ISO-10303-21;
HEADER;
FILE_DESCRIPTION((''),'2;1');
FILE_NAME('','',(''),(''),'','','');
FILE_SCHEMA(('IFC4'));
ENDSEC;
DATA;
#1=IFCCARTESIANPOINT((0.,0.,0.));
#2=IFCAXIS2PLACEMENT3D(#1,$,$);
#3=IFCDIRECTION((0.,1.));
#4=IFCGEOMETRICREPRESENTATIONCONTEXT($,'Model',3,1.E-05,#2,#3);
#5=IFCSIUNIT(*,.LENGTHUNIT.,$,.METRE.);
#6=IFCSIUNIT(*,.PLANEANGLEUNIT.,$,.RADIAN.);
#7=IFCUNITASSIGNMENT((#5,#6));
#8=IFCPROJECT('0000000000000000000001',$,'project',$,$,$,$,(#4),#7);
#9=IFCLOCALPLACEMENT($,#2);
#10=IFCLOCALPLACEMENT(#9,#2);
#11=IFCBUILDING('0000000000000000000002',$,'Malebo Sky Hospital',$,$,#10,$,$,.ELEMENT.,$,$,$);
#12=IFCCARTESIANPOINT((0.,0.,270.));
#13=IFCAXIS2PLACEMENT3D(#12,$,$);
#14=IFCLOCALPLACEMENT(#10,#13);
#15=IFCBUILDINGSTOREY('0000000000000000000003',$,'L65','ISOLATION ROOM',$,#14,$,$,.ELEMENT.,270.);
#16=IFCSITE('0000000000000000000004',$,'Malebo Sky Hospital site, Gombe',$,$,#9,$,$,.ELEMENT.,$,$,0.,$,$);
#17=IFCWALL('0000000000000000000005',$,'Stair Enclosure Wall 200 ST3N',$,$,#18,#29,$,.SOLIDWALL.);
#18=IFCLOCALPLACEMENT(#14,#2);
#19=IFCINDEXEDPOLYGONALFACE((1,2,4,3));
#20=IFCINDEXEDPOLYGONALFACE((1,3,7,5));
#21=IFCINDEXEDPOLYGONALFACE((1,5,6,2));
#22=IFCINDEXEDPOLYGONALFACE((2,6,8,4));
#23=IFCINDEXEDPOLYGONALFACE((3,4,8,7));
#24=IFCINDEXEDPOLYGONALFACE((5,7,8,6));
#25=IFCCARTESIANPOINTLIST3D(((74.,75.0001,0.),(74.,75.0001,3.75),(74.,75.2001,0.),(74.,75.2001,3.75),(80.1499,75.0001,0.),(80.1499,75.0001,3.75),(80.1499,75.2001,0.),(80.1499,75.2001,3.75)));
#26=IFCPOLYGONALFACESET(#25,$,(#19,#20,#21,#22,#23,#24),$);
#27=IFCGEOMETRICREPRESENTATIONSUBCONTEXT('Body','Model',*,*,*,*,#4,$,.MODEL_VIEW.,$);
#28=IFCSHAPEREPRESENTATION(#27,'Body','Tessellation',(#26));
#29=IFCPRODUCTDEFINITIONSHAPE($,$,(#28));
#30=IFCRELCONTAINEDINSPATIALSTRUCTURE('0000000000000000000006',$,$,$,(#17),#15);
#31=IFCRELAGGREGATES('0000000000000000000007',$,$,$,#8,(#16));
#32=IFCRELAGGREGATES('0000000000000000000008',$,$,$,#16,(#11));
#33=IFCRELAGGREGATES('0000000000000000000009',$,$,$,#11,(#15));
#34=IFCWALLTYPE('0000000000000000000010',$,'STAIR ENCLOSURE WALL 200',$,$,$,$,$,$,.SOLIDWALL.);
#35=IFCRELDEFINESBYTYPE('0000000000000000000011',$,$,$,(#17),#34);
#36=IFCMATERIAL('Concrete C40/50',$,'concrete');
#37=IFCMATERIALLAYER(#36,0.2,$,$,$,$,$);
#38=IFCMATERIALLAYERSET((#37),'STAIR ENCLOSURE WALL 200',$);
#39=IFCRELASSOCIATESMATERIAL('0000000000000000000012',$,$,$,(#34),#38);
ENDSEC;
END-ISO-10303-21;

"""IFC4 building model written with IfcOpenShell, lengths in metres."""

from ifc_helpers import new_model, si_unit, direction, frame, frame_2d, origin, place, context, subcontext, project, spatial, rectangle, extrude, material, layer, layer_set, type_object, element, save


model = new_model("IFC4")

# Units and contexts
model_context = context("Model", 3, precision=1e-05, world=origin(), true_north=direction((0.0, 1.0)))
body_context = subcontext(model_context, "Body", "Model", "MODEL_VIEW")
ifc_project = project(units=[si_unit("LENGTHUNIT", "METRE"), si_unit("PLANEANGLEUNIT", "RADIAN")], contexts=[model_context])

# Site, building, storey
site_placement = place(None, origin())
site = spatial("IfcSite", under=ifc_project, at=site_placement, Name="Malebo Sky Hospital site, Gombe", CompositionType="ELEMENT", RefElevation=0.0)
building_placement = place(site_placement, origin())
building = spatial("IfcBuilding", under=site, at=building_placement, Name="Malebo Sky Hospital", CompositionType="ELEMENT")
storey_placement = place(building_placement, frame((0.0, 0.0, 270.0)))
storey = spatial("IfcBuildingStorey", under=building, at=storey_placement, Name="L65", Description="ISOLATION ROOM", CompositionType="ELEMENT", Elevation=270.0)

# Wall
ifc_material_1 = material(Name="Concrete C40/50", Category="concrete")
ifc_layer_1 = layer(ifc_material_1, 0.2)
ifc_layer_set_1 = layer_set([ifc_layer_1], Name="STAIR ENCLOSURE WALL 200")
wall_type_1 = type_object("IfcWallType", Name="STAIR ENCLOSURE WALL 200", PredefinedType="SOLIDWALL", material=ifc_layer_set_1)
wall_1_placement = place(storey_placement, frame((74.0, 75.1001, 0.0), z_axis=(0.0, 0.0, 1.0), x_axis=(1.0, 0.0, 0.0)))
element("IfcWall", 1, at=wall_1_placement, inside=storey, type_object=wall_type_1, Name="Stair Enclosure Wall 200 ST3N", PredefinedType="SOLIDWALL", context=body_context, shape_type="SweptSolid", body=[
    extrude(rectangle(XDim=6.1499, YDim=0.2, at=frame_2d((3.075, 0.0))), origin(), (0.0, 0.0, 1.0), 3.75),
])

save(model, "model.ifc")
